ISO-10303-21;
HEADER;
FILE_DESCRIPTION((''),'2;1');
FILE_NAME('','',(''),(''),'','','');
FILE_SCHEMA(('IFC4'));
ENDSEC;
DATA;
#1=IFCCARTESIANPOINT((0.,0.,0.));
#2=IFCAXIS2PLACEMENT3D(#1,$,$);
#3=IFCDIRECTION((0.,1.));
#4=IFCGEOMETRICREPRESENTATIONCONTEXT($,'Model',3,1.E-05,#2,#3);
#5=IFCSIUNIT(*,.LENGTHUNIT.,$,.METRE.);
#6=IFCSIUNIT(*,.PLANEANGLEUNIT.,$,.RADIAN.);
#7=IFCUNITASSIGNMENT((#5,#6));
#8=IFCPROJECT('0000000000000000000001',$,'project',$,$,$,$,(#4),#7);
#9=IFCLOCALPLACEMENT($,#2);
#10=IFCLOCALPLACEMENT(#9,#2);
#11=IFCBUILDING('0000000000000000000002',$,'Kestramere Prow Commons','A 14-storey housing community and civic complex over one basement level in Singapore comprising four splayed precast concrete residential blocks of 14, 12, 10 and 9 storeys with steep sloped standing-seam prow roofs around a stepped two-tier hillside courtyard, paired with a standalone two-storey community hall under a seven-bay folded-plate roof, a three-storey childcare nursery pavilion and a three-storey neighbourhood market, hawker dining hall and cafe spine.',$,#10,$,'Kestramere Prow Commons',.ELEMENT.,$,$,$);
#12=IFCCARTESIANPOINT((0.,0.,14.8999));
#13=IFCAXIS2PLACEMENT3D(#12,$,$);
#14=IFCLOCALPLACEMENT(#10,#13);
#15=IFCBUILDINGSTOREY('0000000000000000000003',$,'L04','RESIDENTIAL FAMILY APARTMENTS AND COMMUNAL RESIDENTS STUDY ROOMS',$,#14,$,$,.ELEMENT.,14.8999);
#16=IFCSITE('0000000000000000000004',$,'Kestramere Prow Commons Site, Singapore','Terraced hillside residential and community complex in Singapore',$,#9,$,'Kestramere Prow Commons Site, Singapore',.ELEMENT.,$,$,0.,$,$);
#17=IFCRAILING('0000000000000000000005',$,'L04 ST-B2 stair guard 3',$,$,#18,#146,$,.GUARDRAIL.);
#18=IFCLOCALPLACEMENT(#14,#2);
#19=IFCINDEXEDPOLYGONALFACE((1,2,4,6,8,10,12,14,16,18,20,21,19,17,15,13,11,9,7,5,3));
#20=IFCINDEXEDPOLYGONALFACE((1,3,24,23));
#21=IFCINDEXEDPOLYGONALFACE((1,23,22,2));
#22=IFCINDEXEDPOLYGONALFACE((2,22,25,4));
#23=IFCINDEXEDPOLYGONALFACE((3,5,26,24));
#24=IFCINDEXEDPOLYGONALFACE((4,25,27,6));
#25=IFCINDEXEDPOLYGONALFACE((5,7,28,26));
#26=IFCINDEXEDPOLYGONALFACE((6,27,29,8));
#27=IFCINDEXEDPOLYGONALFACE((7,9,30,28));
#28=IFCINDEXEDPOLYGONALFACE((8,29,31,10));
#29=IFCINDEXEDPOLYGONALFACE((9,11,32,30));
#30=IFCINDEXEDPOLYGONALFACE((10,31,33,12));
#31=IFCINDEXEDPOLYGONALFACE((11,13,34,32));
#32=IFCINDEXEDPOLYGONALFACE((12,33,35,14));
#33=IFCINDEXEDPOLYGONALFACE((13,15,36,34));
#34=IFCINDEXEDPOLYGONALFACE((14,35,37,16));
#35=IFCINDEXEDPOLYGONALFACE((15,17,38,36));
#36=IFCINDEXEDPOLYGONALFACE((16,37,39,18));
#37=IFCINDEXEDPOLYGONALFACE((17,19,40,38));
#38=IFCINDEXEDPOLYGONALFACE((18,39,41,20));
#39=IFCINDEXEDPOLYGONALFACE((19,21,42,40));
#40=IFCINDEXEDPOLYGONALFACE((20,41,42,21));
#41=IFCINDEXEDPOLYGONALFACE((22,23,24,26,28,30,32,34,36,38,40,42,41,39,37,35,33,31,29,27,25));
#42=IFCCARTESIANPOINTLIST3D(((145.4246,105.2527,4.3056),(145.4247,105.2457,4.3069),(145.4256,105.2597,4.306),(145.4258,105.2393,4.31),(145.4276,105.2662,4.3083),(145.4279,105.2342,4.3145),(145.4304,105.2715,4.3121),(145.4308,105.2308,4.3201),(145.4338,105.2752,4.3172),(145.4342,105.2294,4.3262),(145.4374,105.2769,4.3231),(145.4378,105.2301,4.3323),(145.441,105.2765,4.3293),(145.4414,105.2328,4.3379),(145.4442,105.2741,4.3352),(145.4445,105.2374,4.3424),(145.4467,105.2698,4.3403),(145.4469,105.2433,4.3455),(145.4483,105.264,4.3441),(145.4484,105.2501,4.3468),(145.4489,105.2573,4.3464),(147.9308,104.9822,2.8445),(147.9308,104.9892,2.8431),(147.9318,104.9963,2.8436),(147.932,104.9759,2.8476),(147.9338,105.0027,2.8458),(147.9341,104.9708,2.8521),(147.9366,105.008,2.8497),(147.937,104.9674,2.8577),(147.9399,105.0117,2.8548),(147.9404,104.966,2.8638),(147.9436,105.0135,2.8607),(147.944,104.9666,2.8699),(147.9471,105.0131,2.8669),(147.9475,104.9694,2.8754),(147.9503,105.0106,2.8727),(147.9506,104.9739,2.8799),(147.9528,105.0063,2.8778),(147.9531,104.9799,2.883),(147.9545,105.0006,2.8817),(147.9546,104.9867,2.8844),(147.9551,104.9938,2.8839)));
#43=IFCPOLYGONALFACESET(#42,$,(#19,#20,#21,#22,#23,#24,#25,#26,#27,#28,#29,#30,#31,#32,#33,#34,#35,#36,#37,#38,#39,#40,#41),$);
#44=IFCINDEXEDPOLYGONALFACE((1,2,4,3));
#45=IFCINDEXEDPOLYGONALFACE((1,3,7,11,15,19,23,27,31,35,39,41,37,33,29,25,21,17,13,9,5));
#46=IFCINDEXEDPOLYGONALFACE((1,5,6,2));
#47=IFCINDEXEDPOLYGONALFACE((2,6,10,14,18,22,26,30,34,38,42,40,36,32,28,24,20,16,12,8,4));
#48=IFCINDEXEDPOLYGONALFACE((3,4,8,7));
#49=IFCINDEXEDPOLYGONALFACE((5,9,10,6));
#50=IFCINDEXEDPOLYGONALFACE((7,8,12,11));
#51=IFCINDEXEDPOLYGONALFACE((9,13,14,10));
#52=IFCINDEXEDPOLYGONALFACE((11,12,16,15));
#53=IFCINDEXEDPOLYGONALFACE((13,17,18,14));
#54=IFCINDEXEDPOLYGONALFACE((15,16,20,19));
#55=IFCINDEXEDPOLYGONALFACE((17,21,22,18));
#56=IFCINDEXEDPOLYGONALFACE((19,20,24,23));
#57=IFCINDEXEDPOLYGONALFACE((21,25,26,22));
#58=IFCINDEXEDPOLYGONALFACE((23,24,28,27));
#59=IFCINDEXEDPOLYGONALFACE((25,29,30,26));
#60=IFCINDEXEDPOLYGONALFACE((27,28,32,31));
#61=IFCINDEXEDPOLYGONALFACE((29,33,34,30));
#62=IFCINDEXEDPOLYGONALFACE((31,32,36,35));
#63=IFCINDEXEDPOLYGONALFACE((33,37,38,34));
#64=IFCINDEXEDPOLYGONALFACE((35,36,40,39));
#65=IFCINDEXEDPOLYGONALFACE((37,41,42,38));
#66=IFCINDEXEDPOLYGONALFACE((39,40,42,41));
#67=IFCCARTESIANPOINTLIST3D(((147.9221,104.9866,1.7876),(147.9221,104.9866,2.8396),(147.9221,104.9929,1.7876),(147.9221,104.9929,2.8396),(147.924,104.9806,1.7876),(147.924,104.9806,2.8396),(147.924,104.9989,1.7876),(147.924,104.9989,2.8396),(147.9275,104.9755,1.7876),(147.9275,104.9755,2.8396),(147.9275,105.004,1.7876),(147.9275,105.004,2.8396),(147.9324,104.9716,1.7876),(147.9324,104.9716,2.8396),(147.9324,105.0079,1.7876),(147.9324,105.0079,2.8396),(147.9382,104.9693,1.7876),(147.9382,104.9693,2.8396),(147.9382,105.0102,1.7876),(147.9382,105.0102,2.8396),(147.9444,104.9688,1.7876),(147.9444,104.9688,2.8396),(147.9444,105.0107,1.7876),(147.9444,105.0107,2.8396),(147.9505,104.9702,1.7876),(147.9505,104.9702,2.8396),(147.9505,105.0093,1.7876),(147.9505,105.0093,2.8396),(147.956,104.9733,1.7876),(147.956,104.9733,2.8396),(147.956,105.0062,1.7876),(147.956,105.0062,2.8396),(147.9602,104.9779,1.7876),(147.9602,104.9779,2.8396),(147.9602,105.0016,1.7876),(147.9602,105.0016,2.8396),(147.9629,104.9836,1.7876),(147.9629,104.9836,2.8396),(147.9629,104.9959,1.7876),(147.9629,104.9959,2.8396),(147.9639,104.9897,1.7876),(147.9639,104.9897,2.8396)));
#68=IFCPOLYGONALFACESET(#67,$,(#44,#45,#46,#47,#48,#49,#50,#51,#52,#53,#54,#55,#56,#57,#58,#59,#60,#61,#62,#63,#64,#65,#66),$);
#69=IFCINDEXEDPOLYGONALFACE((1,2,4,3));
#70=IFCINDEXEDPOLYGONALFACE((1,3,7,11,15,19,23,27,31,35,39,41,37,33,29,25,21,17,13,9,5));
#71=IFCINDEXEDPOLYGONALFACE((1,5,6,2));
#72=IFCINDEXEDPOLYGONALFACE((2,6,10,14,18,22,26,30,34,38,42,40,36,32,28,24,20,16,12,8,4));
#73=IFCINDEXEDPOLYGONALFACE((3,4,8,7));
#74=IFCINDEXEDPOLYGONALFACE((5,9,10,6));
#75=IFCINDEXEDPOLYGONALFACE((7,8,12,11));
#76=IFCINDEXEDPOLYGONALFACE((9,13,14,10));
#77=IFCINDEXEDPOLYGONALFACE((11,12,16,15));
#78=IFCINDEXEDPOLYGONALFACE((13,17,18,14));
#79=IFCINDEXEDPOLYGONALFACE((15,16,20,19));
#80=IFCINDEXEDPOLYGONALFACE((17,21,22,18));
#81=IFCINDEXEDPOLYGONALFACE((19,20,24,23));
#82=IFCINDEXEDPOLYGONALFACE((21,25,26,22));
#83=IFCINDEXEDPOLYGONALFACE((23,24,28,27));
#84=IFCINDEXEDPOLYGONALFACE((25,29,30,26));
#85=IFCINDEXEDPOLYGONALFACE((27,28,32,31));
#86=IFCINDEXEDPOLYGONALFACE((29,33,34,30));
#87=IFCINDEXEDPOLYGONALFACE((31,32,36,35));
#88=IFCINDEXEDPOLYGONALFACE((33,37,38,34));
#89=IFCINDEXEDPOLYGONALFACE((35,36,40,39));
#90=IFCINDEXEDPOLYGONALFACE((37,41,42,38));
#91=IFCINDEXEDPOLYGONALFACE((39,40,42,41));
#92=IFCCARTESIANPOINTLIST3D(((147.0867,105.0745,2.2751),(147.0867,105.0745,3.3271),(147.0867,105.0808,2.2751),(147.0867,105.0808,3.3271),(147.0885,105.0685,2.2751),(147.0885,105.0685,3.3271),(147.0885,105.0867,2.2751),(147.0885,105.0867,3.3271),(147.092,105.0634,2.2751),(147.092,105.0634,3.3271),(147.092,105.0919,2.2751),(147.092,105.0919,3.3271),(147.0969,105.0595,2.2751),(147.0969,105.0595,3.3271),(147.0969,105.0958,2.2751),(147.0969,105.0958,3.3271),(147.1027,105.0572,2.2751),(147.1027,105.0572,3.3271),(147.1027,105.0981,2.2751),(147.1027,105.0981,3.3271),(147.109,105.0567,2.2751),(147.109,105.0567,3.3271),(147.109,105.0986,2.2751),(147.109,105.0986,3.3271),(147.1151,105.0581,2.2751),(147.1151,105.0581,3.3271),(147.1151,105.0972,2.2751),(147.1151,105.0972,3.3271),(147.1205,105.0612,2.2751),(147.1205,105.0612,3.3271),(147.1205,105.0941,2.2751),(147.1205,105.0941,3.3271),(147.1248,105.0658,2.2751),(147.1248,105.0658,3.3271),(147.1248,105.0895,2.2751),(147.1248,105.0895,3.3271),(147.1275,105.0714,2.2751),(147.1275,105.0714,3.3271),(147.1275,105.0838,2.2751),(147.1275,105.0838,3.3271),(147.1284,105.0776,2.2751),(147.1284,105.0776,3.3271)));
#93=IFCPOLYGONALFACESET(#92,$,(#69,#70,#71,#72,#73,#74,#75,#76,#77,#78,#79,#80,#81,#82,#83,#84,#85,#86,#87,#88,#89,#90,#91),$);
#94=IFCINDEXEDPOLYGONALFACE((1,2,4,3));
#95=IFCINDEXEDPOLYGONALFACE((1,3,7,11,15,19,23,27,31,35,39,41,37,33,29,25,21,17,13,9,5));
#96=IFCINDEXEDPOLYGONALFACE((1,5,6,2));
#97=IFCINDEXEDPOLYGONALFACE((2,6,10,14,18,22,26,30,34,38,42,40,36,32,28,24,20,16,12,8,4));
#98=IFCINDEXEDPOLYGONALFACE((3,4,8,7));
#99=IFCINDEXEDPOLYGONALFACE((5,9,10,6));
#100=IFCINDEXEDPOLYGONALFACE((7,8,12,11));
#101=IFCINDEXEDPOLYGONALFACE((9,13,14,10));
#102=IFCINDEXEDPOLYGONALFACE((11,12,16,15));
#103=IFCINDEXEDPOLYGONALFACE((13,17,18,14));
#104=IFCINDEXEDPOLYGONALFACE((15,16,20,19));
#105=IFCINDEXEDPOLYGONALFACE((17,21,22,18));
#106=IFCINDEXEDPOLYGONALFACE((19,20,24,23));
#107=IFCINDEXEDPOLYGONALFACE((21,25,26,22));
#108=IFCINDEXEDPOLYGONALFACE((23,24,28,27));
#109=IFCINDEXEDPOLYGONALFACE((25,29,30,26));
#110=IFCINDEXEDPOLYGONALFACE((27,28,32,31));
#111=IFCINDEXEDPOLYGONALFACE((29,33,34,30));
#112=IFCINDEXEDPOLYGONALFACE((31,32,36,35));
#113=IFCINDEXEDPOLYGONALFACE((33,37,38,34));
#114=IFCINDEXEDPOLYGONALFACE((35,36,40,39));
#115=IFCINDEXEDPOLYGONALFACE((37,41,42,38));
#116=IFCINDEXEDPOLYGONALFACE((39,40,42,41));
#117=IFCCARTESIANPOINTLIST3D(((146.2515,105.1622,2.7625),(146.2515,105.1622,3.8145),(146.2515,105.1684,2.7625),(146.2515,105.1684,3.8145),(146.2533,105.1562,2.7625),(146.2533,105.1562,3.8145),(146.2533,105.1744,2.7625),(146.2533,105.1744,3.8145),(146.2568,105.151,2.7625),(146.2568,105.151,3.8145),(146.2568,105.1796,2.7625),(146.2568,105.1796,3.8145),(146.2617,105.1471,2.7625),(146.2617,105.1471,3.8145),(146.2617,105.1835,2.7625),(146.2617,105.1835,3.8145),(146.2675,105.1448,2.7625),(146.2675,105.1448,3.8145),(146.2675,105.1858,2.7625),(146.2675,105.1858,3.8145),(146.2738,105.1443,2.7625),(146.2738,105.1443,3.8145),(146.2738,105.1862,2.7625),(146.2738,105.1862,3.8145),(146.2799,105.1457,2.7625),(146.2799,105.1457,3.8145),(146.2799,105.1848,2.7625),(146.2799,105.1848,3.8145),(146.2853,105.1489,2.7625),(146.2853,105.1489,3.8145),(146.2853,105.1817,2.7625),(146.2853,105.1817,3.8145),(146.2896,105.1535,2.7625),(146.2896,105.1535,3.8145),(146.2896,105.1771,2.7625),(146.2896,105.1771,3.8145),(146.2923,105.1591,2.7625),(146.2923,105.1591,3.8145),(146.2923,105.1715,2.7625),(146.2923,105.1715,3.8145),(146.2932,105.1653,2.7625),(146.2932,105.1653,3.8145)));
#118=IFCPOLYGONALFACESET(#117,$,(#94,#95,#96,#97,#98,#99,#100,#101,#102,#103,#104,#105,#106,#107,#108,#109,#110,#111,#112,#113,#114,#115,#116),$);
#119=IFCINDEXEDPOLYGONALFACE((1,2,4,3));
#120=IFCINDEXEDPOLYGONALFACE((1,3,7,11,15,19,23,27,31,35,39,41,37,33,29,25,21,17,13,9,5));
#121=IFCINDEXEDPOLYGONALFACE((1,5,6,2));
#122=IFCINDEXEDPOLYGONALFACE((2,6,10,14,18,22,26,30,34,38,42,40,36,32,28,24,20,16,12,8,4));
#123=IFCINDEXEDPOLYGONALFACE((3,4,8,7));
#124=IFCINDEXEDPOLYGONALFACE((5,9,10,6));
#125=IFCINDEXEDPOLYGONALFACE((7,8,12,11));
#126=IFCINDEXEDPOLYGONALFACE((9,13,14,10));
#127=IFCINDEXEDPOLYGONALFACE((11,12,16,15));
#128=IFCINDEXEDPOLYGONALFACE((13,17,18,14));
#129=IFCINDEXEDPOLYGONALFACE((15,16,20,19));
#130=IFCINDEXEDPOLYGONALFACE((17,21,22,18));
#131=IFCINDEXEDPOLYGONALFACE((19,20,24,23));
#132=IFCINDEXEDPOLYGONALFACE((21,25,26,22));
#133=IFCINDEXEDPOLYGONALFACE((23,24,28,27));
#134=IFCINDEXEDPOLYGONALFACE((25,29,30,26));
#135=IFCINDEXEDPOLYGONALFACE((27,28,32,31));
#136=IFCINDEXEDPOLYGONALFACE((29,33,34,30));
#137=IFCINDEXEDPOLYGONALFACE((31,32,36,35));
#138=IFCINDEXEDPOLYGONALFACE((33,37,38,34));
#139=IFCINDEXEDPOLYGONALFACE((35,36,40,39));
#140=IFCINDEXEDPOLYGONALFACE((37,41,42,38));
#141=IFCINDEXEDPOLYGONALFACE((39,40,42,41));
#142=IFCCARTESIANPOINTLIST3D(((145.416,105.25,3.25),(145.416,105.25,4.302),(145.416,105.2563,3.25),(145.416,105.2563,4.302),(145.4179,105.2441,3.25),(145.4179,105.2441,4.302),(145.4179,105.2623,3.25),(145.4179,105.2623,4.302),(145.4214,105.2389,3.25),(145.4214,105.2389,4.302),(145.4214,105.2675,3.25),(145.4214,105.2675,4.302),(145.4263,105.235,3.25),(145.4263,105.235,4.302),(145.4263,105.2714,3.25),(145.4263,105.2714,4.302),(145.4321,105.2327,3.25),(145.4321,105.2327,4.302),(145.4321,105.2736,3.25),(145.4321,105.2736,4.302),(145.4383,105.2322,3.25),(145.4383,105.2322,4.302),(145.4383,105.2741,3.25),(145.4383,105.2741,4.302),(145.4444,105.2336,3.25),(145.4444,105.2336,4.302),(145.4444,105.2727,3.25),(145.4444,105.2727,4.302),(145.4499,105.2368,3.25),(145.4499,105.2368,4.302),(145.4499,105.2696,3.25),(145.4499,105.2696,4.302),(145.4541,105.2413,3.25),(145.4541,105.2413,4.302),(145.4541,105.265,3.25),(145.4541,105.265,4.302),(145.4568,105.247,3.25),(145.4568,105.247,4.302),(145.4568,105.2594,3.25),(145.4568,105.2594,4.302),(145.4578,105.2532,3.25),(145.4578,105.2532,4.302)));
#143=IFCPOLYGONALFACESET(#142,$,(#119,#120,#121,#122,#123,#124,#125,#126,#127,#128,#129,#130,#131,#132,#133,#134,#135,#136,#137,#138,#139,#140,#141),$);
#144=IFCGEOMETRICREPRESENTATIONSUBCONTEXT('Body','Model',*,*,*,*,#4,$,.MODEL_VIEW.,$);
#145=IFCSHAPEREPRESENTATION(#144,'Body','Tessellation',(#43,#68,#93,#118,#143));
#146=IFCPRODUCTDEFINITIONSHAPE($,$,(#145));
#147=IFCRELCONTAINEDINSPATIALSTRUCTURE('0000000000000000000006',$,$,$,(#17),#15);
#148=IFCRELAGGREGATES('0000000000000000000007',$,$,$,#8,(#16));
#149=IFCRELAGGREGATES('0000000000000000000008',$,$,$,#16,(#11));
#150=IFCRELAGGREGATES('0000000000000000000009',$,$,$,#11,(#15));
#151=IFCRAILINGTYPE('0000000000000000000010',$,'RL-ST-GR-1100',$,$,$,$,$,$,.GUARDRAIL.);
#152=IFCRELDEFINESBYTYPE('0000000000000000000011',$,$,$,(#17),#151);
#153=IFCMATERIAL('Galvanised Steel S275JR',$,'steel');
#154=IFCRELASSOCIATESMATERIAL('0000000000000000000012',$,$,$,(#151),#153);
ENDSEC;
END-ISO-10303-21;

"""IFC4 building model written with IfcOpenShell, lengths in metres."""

from ifc_helpers import new_model, si_unit, direction, frame, origin, origin_2d, place, context, subcontext, project, spatial, circle, extrude, material, type_object, element, save


model = new_model("IFC4")

# Units and contexts
model_context = context("Model", 3, precision=1e-05, world=origin(), true_north=direction((0.0, 1.0)))
body_context = subcontext(model_context, "Body", "Model", "MODEL_VIEW")
ifc_project = project(units=[si_unit("LENGTHUNIT", "METRE"), si_unit("PLANEANGLEUNIT", "RADIAN")], contexts=[model_context])

# Site, building, storey
site_placement = place(None, origin())
site = spatial("IfcSite", under=ifc_project, at=site_placement, Name="Kestramere Prow Commons Site, Singapore", Description="Terraced hillside residential and community complex in Singapore", LongName="Kestramere Prow Commons Site, Singapore", CompositionType="ELEMENT", RefElevation=0.0)
building_placement = place(site_placement, origin())
building = spatial("IfcBuilding", under=site, at=building_placement, Name="Kestramere Prow Commons", Description="A 14-storey housing community and civic complex over one basement level in Singapore comprising four splayed precast concrete residential blocks of 14, 12, 10 and 9 storeys with steep sloped standing-seam prow roofs around a stepped two-tier hillside courtyard, paired with a standalone two-storey community hall under a seven-bay folded-plate roof, a three-storey childcare nursery pavilion and a three-storey neighbourhood market, hawker dining hall and cafe spine.", LongName="Kestramere Prow Commons", CompositionType="ELEMENT")
storey_placement = place(building_placement, frame((0.0, 0.0, 14.8999)))
storey = spatial("IfcBuildingStorey", under=building, at=storey_placement, Name="L04", Description="RESIDENTIAL FAMILY APARTMENTS AND COMMUNAL RESIDENTS STUDY ROOMS", CompositionType="ELEMENT", Elevation=14.8999)

# Railing
ifc_material_1 = material(Name="Galvanised Steel S275JR", Category="steel")
railing_type_1 = type_object("IfcRailingType", Name="RL-ST-GR-1100", PredefinedType="GUARDRAIL", material=ifc_material_1)
railing_1_placement = place(storey_placement, frame((147.9429, 104.9897, 1.7876)))
element("IfcRailing", 1, at=railing_1_placement, inside=storey, type_object=railing_type_1, Name="L04 ST-B2 stair guard 3", PredefinedType="GUARDRAIL", context=body_context, shape_type="SweptSolid", body=[
    extrude(circle(Radius=0.0239, at=origin_2d()), frame((0.0, 0.0, 1.0762), z_axis=(-0.860165, 0.090416, 0.501937), x_axis=(-0.104539, -0.994521, 0.0)), (0.0, 0.0, 1.0), 2.9136),
    extrude(circle(Radius=0.021, at=origin_2d()), origin(), (0.0, 0.0, 1.0), 1.052),
    extrude(circle(Radius=0.021, at=origin_2d()), frame((-0.8354, 0.0879, 0.4875)), (0.0, 0.0, 1.0), 1.052),
    extrude(circle(Radius=0.021, at=origin_2d()), frame((-1.6707, 0.1755, 0.9749)), (0.0, 0.0, 1.0), 1.052),
    extrude(circle(Radius=0.021, at=origin_2d()), frame((-2.5061, 0.2634, 1.4624)), (0.0, 0.0, 1.0), 1.052),
])

save(model, "model.ifc")
